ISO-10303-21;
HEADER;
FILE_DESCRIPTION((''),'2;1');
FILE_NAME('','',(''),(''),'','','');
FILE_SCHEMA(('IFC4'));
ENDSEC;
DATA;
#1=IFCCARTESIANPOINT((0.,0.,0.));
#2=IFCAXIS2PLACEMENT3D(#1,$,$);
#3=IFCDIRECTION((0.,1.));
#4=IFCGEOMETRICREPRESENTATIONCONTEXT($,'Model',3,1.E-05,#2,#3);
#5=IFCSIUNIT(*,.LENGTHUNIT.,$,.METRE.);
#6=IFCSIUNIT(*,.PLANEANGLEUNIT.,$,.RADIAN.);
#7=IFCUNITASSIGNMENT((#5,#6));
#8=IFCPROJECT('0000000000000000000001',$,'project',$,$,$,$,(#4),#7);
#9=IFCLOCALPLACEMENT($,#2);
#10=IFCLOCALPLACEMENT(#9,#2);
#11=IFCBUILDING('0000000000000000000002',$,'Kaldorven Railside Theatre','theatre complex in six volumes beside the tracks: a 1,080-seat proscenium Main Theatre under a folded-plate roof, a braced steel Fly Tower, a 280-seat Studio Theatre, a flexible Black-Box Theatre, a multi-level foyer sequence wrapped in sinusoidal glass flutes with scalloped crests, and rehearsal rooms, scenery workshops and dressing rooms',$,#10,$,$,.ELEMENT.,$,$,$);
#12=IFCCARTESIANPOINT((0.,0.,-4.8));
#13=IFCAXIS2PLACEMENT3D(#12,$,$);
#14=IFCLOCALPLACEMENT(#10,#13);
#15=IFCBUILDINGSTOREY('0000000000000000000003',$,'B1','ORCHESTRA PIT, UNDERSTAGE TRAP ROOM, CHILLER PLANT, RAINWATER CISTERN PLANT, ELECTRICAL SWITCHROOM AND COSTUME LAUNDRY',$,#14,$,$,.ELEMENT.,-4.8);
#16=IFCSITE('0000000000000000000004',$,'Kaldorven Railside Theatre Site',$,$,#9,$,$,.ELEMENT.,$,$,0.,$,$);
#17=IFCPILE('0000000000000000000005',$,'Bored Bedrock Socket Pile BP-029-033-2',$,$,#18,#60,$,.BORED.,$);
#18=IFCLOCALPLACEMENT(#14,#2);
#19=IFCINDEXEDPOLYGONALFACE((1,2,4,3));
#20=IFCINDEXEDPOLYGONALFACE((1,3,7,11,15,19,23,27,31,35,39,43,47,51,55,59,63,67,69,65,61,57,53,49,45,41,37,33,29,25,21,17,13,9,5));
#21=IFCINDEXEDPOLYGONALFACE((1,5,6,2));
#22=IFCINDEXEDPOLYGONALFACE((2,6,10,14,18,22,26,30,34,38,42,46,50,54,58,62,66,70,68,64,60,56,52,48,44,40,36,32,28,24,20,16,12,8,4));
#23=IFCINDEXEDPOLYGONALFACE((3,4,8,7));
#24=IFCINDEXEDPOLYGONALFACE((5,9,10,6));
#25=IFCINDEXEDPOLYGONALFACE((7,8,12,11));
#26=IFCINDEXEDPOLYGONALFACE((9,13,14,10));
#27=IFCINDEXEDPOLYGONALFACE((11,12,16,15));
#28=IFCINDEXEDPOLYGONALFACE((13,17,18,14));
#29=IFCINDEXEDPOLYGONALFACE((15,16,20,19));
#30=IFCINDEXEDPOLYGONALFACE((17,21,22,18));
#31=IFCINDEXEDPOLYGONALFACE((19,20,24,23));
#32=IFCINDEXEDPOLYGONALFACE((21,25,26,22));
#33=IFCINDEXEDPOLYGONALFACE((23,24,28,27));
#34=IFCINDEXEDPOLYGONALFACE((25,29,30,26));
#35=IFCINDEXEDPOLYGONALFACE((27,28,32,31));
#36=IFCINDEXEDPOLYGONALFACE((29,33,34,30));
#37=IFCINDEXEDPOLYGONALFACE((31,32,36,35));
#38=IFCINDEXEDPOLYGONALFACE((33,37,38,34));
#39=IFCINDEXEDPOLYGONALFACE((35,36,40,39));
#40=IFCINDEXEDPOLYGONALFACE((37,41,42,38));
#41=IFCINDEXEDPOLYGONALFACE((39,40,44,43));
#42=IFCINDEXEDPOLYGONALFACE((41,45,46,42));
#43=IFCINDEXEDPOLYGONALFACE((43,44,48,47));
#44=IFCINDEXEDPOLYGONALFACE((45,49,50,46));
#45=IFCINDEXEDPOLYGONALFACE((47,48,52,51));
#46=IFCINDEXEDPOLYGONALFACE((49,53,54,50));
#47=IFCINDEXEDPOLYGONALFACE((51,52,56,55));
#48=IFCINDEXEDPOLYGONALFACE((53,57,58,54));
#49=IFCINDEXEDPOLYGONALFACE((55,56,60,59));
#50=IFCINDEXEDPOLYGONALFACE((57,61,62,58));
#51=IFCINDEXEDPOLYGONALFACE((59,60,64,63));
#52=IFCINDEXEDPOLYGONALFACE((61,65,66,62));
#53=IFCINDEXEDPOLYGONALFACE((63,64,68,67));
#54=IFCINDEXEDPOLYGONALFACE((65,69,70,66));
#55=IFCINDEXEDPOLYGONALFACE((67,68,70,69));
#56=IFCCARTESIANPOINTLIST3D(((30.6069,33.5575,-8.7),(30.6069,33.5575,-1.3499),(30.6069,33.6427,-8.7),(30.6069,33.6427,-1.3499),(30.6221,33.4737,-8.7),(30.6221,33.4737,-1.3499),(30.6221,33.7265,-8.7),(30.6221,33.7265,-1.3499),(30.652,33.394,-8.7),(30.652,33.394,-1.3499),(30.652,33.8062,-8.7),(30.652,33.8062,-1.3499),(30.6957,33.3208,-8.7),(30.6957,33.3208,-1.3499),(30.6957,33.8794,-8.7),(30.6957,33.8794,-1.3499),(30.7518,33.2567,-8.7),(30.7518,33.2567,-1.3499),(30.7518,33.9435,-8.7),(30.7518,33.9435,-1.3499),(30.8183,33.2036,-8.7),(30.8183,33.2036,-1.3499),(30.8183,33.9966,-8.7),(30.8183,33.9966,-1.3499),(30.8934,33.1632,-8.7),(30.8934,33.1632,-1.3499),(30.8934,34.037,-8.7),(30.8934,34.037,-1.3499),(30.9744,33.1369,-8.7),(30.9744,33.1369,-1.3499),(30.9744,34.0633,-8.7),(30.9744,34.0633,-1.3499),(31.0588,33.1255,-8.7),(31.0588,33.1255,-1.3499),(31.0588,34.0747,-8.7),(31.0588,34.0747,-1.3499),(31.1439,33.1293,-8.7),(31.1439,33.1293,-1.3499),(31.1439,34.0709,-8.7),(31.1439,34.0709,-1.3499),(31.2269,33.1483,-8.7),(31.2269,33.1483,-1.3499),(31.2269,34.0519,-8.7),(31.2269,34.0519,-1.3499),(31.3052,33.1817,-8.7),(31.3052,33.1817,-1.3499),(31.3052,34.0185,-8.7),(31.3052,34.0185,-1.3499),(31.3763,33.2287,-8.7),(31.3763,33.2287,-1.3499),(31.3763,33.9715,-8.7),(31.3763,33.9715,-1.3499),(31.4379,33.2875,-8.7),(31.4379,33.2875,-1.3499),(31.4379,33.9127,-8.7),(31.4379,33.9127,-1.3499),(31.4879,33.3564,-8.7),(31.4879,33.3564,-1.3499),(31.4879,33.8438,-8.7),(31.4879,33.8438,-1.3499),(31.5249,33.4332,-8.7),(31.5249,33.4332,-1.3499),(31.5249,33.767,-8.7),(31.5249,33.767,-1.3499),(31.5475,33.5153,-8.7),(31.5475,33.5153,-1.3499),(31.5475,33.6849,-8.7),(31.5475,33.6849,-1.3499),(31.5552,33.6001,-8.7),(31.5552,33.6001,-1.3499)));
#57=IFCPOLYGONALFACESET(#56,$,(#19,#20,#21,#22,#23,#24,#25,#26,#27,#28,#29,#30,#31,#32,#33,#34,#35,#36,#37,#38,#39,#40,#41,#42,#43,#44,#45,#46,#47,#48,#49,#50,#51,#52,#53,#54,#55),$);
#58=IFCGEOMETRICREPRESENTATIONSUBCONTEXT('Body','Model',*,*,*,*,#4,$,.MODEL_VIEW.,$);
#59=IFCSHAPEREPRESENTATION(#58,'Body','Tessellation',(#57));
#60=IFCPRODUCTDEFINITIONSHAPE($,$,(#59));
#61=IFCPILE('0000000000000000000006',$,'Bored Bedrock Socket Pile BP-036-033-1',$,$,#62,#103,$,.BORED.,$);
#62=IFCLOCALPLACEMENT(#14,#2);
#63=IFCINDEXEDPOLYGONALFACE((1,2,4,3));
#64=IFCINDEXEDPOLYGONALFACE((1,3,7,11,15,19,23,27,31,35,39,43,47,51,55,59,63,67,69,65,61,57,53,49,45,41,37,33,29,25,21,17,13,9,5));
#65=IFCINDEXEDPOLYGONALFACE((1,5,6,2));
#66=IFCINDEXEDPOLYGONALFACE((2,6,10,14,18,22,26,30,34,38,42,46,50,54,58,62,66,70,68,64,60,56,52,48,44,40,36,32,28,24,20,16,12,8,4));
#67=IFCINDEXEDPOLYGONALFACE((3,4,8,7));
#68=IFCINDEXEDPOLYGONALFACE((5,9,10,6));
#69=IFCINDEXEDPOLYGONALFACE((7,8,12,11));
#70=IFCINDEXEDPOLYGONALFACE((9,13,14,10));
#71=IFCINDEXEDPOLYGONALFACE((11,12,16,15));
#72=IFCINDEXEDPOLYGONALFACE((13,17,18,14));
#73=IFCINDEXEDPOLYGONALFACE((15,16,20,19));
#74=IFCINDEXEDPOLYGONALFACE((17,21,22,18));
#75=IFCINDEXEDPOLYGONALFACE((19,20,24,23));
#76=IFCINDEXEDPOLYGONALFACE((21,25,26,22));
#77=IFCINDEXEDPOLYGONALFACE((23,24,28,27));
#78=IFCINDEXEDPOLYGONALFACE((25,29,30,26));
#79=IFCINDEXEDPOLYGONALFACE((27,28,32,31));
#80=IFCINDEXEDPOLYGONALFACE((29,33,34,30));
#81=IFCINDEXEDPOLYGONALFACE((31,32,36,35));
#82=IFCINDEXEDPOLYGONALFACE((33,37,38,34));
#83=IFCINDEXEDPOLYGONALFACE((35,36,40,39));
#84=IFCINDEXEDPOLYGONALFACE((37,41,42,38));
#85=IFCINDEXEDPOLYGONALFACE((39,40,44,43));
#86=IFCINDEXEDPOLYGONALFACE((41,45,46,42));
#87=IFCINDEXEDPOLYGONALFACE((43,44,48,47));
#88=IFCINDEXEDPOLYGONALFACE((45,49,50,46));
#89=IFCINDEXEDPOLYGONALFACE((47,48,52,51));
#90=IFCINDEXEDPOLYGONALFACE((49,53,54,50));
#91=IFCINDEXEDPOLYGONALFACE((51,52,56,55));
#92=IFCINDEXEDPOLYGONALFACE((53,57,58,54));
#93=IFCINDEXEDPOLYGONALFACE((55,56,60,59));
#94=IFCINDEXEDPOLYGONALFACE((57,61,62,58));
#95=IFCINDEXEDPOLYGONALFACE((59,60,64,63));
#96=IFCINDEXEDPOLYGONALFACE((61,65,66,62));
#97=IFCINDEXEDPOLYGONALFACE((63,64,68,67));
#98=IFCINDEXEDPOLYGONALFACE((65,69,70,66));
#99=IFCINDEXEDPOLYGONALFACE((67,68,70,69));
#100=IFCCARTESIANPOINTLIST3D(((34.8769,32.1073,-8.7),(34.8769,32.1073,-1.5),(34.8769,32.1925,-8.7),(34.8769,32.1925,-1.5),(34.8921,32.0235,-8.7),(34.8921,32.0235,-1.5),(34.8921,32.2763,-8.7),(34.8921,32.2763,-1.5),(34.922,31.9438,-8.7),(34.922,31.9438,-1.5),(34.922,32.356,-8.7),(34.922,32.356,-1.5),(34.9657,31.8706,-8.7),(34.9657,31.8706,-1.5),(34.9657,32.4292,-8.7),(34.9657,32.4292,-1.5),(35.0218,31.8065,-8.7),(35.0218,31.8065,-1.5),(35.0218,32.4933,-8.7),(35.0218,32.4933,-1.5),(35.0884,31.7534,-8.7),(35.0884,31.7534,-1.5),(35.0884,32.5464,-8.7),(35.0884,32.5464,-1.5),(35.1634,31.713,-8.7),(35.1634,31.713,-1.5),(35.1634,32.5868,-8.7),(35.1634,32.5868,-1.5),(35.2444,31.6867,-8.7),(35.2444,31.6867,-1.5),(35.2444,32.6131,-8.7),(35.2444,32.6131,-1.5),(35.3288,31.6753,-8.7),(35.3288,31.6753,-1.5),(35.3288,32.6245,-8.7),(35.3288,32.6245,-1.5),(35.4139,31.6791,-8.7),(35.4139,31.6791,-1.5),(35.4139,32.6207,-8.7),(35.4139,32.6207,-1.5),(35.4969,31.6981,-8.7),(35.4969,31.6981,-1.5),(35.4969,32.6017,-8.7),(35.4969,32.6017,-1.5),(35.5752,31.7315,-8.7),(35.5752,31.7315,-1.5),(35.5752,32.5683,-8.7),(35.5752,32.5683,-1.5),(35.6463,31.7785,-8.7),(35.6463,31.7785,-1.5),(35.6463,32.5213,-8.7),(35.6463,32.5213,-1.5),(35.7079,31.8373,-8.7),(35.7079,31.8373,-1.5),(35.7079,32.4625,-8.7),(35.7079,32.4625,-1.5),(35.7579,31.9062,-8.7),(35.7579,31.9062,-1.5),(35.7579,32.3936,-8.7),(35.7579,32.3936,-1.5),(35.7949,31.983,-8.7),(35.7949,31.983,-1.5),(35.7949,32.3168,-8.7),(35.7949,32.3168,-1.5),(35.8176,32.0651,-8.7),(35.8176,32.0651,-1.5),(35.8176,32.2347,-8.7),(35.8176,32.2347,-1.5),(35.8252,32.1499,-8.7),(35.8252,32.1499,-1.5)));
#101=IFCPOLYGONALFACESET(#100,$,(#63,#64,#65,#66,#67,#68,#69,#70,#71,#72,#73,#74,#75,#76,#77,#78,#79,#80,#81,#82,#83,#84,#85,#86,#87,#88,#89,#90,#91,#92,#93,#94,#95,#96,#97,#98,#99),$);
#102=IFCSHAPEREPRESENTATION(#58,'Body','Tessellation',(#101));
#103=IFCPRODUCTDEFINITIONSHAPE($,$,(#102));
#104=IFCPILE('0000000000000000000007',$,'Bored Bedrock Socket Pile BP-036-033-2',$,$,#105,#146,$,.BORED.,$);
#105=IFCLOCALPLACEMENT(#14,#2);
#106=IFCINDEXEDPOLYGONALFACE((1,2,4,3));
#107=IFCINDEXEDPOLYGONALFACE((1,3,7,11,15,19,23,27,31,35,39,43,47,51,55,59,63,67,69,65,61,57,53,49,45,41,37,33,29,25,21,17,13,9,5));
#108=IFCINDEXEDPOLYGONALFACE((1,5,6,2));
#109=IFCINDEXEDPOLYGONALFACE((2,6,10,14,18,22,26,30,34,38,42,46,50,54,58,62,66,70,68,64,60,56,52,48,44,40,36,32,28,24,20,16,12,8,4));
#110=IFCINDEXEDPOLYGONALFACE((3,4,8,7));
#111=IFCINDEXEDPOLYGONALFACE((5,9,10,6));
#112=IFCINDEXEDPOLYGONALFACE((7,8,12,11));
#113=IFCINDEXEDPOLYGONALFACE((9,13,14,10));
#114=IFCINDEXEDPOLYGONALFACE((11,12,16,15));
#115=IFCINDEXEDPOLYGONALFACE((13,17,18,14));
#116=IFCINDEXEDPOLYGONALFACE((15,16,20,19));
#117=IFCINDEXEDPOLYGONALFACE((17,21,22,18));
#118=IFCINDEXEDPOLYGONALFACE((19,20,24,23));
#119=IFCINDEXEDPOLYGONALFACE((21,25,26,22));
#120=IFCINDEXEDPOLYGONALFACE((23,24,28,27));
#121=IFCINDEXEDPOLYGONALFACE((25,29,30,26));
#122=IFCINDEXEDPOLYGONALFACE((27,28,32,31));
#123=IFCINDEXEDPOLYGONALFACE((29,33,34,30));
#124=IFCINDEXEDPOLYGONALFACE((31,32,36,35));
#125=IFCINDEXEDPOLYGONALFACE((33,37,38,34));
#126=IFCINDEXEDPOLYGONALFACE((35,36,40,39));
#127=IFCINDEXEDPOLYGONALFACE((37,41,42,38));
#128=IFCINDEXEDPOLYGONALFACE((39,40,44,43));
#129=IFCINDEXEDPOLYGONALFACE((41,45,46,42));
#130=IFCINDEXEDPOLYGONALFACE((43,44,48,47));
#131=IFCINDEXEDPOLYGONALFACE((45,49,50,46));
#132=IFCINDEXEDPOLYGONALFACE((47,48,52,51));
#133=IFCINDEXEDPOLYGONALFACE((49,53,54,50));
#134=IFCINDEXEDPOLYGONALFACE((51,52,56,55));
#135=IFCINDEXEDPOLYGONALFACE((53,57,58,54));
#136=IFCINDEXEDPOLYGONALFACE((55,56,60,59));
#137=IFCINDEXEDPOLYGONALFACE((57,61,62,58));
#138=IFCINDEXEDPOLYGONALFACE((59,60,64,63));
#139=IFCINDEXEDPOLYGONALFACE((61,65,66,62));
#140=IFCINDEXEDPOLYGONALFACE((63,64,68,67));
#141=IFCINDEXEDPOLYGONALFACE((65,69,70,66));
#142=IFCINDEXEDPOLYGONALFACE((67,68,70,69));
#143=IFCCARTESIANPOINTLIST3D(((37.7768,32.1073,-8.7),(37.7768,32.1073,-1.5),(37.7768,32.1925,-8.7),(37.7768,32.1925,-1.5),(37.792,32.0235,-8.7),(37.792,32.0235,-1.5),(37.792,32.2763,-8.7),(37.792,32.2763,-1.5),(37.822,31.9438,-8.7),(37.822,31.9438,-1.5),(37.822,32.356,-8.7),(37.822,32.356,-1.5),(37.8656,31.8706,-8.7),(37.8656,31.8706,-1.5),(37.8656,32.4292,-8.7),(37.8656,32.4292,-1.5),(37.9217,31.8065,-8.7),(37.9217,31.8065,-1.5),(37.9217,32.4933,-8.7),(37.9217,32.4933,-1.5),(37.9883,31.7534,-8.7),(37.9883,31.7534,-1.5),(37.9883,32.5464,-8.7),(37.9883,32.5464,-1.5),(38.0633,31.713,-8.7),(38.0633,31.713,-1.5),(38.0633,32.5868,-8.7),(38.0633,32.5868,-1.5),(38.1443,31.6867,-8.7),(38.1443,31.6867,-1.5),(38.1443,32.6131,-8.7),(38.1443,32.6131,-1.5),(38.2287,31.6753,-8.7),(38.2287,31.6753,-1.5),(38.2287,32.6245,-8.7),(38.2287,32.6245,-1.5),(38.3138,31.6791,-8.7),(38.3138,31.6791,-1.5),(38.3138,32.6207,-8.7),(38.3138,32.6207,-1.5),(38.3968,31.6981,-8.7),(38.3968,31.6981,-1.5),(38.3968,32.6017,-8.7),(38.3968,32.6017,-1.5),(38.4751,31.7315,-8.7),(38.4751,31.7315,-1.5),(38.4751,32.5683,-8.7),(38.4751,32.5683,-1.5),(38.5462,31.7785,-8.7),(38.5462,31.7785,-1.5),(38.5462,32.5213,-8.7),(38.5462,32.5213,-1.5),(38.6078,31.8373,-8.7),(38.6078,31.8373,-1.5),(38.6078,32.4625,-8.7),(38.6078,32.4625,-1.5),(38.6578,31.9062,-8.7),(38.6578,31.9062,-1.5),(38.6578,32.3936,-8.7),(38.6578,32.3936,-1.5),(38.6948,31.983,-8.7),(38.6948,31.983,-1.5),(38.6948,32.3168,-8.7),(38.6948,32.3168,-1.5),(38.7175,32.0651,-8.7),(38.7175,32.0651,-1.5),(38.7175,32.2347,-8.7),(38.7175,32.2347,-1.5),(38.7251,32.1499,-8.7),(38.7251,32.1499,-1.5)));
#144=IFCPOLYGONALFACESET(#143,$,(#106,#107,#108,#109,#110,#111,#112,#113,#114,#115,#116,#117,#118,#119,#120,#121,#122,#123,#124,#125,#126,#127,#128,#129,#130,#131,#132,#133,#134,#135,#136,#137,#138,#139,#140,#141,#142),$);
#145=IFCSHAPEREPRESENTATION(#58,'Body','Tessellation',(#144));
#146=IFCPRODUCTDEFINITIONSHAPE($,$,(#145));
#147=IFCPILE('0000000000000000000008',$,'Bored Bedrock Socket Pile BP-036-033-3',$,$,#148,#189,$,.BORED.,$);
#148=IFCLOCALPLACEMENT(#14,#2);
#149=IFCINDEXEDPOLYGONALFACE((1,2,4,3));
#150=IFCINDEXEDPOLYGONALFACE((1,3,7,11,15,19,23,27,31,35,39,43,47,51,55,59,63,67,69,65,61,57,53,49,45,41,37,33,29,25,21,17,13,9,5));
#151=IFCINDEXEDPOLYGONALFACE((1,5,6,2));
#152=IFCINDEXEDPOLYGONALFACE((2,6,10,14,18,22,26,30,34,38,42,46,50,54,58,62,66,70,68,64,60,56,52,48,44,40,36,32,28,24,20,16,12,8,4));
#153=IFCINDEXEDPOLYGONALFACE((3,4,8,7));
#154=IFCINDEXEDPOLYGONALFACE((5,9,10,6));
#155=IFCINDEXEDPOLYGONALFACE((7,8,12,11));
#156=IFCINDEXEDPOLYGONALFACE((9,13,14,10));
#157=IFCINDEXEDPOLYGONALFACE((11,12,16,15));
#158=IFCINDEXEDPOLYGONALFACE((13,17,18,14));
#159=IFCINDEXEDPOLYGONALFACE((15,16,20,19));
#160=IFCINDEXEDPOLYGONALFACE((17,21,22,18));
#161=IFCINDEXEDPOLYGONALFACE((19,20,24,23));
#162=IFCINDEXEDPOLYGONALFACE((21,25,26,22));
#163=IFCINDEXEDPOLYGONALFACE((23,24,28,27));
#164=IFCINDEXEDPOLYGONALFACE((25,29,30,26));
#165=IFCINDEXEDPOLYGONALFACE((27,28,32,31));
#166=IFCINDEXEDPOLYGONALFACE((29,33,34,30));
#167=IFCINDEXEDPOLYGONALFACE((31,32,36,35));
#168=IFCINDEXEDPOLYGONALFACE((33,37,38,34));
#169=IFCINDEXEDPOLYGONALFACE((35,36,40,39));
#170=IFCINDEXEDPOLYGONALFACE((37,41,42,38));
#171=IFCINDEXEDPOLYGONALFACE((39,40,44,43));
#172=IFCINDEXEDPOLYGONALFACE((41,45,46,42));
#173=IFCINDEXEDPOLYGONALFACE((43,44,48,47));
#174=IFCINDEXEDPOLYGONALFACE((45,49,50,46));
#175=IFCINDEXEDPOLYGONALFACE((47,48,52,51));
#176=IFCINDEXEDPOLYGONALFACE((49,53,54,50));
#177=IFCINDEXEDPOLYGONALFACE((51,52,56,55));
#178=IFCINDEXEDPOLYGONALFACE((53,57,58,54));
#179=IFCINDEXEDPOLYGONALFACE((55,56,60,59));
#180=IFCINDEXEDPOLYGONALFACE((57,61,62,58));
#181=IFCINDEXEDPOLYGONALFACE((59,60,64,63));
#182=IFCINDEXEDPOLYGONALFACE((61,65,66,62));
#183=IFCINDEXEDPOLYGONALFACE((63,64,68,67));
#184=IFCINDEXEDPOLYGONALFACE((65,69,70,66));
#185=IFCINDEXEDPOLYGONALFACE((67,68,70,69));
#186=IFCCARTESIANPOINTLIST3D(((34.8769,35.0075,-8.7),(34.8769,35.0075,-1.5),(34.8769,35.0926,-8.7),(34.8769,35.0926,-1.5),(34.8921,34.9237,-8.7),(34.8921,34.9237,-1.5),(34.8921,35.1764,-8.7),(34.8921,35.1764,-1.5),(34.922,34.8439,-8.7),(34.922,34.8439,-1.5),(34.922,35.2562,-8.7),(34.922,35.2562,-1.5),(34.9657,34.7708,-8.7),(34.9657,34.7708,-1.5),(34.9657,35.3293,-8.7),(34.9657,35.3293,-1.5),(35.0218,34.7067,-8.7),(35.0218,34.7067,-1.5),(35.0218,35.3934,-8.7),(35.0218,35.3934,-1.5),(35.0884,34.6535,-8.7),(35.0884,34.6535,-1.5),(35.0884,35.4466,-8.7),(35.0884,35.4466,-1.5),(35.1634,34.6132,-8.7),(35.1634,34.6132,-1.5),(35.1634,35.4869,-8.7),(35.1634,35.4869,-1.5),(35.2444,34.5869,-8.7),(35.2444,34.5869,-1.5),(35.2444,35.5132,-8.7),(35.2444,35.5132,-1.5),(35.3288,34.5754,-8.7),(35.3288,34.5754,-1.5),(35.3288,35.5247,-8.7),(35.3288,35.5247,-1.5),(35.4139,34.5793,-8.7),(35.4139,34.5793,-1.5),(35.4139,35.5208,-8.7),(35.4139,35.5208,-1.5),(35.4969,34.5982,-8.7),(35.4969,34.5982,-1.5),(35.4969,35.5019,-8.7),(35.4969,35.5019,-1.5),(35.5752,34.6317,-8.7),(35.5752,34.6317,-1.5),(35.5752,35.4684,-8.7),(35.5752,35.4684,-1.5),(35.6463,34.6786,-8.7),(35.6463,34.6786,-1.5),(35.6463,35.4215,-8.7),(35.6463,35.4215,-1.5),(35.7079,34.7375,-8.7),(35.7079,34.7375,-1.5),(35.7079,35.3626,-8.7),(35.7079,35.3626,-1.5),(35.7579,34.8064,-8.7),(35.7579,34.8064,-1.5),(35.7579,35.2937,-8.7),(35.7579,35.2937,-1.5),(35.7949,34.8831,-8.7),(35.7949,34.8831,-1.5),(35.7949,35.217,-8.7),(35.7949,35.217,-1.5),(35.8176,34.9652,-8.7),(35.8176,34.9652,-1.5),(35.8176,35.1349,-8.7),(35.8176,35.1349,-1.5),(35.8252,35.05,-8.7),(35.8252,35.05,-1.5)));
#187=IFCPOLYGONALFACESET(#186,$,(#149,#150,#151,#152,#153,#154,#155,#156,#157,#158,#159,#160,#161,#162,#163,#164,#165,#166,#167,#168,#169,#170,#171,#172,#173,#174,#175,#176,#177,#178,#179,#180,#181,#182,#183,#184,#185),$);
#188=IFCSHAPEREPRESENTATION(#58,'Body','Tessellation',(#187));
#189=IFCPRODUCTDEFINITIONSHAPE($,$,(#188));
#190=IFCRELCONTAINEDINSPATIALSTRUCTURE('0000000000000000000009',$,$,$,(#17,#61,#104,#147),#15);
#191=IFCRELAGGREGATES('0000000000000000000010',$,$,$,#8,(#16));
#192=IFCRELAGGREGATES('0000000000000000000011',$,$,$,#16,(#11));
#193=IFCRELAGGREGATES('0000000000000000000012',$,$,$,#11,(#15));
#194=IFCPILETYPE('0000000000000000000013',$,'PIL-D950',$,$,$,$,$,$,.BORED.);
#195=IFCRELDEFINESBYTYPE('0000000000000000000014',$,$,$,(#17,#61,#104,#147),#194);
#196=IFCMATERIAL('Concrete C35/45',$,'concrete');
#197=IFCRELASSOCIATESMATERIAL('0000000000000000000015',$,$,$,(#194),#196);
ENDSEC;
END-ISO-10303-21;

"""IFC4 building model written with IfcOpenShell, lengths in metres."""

from ifc_helpers import new_model, si_unit, direction, frame, origin, origin_2d, place, context, subcontext, project, spatial, circle, extrude, material, material_profile, profile_set, type_object, element, save


model = new_model("IFC4")

# Units and contexts
model_context = context("Model", 3, precision=1e-05, world=origin(), true_north=direction((0.0, 1.0)))
body_context = subcontext(model_context, "Body", "Model", "MODEL_VIEW")
ifc_project = project(units=[si_unit("LENGTHUNIT", "METRE"), si_unit("PLANEANGLEUNIT", "RADIAN")], contexts=[model_context])

# Site, building, storey
site_placement = place(None, origin())
site = spatial("IfcSite", under=ifc_project, at=site_placement, Name="Kaldorven Railside Theatre Site", CompositionType="ELEMENT", RefElevation=0.0)
building_placement = place(site_placement, origin())
building = spatial("IfcBuilding", under=site, at=building_placement, Name="Kaldorven Railside Theatre", Description="theatre complex in six volumes beside the tracks: a 1,080-seat proscenium Main Theatre under a folded-plate roof, a braced steel Fly Tower, a 280-seat Studio Theatre, a flexible Black-Box Theatre, a multi-level foyer sequence wrapped in sinusoidal glass flutes with scalloped crests, and rehearsal rooms, scenery workshops and dressing rooms", CompositionType="ELEMENT")
storey_placement = place(building_placement, frame((0.0, 0.0, -4.8)))
storey = spatial("IfcBuildingStorey", under=building, at=storey_placement, Name="B1", Description="ORCHESTRA PIT, UNDERSTAGE TRAP ROOM, CHILLER PLANT, RAINWATER CISTERN PLANT, ELECTRICAL SWITCHROOM AND COSTUME LAUNDRY", CompositionType="ELEMENT", Elevation=-4.8)

# Piles
ifc_material_1 = material(Name="Concrete C35/45", Category="concrete")
ifc_material_profile_1 = material_profile(ifc_material_1, circle(Radius=0.4751, at=origin_2d()), Name="BP D950")
ifc_profile_set_1 = profile_set([ifc_material_profile_1], Name="Concrete C35/45")
pile_type_1 = type_object("IfcPileType", Name="PIL-D950", PredefinedType="BORED", material=ifc_profile_set_1)
pile_1_placement = place(storey_placement, frame((31.0801, 33.6001, -1.3499), z_axis=(0.0, 0.0, -1.0), x_axis=(1.0, 0.0, 0.0)))
element("IfcPile", 1, at=pile_1_placement, inside=storey, type_object=pile_type_1, Name="Bored Bedrock Socket Pile BP-029-033-2", PredefinedType="BORED", context=body_context, shape_type="SweptSolid", body=[
    extrude(circle(Radius=0.4751, at=origin_2d()), origin(), (0.0, 0.0, 1.0), 7.3501),
])
for number, where, z_axis, x_axis, name in (
    (2, (35.3501, 32.1499, -1.5), (0.0, 0.0, -1.0), (1.0, 0.0, 0.0), "Bored Bedrock Socket Pile BP-036-033-1"),
    (3, (38.25, 32.1499, -1.5), (0.0, 0.0, -1.0), (1.0, 0.0, 0.0), "Bored Bedrock Socket Pile BP-036-033-2"),
    (4, (35.3501, 35.05, -1.5), (0.0, 0.0, -1.0), (1.0, 0.0, 0.0), "Bored Bedrock Socket Pile BP-036-033-3"),
):
    element("IfcPile", number, at=place(storey_placement, frame(where, z_axis=z_axis, x_axis=x_axis)), inside=storey, type_object=pile_type_1, Name=name, PredefinedType="BORED", context=body_context, shape_type="SweptSolid", body=[
        extrude(circle(Radius=0.4751, at=origin_2d()), origin(), (0.0, 0.0, 1.0), 7.2),
    ])

save(model, "model.ifc")
